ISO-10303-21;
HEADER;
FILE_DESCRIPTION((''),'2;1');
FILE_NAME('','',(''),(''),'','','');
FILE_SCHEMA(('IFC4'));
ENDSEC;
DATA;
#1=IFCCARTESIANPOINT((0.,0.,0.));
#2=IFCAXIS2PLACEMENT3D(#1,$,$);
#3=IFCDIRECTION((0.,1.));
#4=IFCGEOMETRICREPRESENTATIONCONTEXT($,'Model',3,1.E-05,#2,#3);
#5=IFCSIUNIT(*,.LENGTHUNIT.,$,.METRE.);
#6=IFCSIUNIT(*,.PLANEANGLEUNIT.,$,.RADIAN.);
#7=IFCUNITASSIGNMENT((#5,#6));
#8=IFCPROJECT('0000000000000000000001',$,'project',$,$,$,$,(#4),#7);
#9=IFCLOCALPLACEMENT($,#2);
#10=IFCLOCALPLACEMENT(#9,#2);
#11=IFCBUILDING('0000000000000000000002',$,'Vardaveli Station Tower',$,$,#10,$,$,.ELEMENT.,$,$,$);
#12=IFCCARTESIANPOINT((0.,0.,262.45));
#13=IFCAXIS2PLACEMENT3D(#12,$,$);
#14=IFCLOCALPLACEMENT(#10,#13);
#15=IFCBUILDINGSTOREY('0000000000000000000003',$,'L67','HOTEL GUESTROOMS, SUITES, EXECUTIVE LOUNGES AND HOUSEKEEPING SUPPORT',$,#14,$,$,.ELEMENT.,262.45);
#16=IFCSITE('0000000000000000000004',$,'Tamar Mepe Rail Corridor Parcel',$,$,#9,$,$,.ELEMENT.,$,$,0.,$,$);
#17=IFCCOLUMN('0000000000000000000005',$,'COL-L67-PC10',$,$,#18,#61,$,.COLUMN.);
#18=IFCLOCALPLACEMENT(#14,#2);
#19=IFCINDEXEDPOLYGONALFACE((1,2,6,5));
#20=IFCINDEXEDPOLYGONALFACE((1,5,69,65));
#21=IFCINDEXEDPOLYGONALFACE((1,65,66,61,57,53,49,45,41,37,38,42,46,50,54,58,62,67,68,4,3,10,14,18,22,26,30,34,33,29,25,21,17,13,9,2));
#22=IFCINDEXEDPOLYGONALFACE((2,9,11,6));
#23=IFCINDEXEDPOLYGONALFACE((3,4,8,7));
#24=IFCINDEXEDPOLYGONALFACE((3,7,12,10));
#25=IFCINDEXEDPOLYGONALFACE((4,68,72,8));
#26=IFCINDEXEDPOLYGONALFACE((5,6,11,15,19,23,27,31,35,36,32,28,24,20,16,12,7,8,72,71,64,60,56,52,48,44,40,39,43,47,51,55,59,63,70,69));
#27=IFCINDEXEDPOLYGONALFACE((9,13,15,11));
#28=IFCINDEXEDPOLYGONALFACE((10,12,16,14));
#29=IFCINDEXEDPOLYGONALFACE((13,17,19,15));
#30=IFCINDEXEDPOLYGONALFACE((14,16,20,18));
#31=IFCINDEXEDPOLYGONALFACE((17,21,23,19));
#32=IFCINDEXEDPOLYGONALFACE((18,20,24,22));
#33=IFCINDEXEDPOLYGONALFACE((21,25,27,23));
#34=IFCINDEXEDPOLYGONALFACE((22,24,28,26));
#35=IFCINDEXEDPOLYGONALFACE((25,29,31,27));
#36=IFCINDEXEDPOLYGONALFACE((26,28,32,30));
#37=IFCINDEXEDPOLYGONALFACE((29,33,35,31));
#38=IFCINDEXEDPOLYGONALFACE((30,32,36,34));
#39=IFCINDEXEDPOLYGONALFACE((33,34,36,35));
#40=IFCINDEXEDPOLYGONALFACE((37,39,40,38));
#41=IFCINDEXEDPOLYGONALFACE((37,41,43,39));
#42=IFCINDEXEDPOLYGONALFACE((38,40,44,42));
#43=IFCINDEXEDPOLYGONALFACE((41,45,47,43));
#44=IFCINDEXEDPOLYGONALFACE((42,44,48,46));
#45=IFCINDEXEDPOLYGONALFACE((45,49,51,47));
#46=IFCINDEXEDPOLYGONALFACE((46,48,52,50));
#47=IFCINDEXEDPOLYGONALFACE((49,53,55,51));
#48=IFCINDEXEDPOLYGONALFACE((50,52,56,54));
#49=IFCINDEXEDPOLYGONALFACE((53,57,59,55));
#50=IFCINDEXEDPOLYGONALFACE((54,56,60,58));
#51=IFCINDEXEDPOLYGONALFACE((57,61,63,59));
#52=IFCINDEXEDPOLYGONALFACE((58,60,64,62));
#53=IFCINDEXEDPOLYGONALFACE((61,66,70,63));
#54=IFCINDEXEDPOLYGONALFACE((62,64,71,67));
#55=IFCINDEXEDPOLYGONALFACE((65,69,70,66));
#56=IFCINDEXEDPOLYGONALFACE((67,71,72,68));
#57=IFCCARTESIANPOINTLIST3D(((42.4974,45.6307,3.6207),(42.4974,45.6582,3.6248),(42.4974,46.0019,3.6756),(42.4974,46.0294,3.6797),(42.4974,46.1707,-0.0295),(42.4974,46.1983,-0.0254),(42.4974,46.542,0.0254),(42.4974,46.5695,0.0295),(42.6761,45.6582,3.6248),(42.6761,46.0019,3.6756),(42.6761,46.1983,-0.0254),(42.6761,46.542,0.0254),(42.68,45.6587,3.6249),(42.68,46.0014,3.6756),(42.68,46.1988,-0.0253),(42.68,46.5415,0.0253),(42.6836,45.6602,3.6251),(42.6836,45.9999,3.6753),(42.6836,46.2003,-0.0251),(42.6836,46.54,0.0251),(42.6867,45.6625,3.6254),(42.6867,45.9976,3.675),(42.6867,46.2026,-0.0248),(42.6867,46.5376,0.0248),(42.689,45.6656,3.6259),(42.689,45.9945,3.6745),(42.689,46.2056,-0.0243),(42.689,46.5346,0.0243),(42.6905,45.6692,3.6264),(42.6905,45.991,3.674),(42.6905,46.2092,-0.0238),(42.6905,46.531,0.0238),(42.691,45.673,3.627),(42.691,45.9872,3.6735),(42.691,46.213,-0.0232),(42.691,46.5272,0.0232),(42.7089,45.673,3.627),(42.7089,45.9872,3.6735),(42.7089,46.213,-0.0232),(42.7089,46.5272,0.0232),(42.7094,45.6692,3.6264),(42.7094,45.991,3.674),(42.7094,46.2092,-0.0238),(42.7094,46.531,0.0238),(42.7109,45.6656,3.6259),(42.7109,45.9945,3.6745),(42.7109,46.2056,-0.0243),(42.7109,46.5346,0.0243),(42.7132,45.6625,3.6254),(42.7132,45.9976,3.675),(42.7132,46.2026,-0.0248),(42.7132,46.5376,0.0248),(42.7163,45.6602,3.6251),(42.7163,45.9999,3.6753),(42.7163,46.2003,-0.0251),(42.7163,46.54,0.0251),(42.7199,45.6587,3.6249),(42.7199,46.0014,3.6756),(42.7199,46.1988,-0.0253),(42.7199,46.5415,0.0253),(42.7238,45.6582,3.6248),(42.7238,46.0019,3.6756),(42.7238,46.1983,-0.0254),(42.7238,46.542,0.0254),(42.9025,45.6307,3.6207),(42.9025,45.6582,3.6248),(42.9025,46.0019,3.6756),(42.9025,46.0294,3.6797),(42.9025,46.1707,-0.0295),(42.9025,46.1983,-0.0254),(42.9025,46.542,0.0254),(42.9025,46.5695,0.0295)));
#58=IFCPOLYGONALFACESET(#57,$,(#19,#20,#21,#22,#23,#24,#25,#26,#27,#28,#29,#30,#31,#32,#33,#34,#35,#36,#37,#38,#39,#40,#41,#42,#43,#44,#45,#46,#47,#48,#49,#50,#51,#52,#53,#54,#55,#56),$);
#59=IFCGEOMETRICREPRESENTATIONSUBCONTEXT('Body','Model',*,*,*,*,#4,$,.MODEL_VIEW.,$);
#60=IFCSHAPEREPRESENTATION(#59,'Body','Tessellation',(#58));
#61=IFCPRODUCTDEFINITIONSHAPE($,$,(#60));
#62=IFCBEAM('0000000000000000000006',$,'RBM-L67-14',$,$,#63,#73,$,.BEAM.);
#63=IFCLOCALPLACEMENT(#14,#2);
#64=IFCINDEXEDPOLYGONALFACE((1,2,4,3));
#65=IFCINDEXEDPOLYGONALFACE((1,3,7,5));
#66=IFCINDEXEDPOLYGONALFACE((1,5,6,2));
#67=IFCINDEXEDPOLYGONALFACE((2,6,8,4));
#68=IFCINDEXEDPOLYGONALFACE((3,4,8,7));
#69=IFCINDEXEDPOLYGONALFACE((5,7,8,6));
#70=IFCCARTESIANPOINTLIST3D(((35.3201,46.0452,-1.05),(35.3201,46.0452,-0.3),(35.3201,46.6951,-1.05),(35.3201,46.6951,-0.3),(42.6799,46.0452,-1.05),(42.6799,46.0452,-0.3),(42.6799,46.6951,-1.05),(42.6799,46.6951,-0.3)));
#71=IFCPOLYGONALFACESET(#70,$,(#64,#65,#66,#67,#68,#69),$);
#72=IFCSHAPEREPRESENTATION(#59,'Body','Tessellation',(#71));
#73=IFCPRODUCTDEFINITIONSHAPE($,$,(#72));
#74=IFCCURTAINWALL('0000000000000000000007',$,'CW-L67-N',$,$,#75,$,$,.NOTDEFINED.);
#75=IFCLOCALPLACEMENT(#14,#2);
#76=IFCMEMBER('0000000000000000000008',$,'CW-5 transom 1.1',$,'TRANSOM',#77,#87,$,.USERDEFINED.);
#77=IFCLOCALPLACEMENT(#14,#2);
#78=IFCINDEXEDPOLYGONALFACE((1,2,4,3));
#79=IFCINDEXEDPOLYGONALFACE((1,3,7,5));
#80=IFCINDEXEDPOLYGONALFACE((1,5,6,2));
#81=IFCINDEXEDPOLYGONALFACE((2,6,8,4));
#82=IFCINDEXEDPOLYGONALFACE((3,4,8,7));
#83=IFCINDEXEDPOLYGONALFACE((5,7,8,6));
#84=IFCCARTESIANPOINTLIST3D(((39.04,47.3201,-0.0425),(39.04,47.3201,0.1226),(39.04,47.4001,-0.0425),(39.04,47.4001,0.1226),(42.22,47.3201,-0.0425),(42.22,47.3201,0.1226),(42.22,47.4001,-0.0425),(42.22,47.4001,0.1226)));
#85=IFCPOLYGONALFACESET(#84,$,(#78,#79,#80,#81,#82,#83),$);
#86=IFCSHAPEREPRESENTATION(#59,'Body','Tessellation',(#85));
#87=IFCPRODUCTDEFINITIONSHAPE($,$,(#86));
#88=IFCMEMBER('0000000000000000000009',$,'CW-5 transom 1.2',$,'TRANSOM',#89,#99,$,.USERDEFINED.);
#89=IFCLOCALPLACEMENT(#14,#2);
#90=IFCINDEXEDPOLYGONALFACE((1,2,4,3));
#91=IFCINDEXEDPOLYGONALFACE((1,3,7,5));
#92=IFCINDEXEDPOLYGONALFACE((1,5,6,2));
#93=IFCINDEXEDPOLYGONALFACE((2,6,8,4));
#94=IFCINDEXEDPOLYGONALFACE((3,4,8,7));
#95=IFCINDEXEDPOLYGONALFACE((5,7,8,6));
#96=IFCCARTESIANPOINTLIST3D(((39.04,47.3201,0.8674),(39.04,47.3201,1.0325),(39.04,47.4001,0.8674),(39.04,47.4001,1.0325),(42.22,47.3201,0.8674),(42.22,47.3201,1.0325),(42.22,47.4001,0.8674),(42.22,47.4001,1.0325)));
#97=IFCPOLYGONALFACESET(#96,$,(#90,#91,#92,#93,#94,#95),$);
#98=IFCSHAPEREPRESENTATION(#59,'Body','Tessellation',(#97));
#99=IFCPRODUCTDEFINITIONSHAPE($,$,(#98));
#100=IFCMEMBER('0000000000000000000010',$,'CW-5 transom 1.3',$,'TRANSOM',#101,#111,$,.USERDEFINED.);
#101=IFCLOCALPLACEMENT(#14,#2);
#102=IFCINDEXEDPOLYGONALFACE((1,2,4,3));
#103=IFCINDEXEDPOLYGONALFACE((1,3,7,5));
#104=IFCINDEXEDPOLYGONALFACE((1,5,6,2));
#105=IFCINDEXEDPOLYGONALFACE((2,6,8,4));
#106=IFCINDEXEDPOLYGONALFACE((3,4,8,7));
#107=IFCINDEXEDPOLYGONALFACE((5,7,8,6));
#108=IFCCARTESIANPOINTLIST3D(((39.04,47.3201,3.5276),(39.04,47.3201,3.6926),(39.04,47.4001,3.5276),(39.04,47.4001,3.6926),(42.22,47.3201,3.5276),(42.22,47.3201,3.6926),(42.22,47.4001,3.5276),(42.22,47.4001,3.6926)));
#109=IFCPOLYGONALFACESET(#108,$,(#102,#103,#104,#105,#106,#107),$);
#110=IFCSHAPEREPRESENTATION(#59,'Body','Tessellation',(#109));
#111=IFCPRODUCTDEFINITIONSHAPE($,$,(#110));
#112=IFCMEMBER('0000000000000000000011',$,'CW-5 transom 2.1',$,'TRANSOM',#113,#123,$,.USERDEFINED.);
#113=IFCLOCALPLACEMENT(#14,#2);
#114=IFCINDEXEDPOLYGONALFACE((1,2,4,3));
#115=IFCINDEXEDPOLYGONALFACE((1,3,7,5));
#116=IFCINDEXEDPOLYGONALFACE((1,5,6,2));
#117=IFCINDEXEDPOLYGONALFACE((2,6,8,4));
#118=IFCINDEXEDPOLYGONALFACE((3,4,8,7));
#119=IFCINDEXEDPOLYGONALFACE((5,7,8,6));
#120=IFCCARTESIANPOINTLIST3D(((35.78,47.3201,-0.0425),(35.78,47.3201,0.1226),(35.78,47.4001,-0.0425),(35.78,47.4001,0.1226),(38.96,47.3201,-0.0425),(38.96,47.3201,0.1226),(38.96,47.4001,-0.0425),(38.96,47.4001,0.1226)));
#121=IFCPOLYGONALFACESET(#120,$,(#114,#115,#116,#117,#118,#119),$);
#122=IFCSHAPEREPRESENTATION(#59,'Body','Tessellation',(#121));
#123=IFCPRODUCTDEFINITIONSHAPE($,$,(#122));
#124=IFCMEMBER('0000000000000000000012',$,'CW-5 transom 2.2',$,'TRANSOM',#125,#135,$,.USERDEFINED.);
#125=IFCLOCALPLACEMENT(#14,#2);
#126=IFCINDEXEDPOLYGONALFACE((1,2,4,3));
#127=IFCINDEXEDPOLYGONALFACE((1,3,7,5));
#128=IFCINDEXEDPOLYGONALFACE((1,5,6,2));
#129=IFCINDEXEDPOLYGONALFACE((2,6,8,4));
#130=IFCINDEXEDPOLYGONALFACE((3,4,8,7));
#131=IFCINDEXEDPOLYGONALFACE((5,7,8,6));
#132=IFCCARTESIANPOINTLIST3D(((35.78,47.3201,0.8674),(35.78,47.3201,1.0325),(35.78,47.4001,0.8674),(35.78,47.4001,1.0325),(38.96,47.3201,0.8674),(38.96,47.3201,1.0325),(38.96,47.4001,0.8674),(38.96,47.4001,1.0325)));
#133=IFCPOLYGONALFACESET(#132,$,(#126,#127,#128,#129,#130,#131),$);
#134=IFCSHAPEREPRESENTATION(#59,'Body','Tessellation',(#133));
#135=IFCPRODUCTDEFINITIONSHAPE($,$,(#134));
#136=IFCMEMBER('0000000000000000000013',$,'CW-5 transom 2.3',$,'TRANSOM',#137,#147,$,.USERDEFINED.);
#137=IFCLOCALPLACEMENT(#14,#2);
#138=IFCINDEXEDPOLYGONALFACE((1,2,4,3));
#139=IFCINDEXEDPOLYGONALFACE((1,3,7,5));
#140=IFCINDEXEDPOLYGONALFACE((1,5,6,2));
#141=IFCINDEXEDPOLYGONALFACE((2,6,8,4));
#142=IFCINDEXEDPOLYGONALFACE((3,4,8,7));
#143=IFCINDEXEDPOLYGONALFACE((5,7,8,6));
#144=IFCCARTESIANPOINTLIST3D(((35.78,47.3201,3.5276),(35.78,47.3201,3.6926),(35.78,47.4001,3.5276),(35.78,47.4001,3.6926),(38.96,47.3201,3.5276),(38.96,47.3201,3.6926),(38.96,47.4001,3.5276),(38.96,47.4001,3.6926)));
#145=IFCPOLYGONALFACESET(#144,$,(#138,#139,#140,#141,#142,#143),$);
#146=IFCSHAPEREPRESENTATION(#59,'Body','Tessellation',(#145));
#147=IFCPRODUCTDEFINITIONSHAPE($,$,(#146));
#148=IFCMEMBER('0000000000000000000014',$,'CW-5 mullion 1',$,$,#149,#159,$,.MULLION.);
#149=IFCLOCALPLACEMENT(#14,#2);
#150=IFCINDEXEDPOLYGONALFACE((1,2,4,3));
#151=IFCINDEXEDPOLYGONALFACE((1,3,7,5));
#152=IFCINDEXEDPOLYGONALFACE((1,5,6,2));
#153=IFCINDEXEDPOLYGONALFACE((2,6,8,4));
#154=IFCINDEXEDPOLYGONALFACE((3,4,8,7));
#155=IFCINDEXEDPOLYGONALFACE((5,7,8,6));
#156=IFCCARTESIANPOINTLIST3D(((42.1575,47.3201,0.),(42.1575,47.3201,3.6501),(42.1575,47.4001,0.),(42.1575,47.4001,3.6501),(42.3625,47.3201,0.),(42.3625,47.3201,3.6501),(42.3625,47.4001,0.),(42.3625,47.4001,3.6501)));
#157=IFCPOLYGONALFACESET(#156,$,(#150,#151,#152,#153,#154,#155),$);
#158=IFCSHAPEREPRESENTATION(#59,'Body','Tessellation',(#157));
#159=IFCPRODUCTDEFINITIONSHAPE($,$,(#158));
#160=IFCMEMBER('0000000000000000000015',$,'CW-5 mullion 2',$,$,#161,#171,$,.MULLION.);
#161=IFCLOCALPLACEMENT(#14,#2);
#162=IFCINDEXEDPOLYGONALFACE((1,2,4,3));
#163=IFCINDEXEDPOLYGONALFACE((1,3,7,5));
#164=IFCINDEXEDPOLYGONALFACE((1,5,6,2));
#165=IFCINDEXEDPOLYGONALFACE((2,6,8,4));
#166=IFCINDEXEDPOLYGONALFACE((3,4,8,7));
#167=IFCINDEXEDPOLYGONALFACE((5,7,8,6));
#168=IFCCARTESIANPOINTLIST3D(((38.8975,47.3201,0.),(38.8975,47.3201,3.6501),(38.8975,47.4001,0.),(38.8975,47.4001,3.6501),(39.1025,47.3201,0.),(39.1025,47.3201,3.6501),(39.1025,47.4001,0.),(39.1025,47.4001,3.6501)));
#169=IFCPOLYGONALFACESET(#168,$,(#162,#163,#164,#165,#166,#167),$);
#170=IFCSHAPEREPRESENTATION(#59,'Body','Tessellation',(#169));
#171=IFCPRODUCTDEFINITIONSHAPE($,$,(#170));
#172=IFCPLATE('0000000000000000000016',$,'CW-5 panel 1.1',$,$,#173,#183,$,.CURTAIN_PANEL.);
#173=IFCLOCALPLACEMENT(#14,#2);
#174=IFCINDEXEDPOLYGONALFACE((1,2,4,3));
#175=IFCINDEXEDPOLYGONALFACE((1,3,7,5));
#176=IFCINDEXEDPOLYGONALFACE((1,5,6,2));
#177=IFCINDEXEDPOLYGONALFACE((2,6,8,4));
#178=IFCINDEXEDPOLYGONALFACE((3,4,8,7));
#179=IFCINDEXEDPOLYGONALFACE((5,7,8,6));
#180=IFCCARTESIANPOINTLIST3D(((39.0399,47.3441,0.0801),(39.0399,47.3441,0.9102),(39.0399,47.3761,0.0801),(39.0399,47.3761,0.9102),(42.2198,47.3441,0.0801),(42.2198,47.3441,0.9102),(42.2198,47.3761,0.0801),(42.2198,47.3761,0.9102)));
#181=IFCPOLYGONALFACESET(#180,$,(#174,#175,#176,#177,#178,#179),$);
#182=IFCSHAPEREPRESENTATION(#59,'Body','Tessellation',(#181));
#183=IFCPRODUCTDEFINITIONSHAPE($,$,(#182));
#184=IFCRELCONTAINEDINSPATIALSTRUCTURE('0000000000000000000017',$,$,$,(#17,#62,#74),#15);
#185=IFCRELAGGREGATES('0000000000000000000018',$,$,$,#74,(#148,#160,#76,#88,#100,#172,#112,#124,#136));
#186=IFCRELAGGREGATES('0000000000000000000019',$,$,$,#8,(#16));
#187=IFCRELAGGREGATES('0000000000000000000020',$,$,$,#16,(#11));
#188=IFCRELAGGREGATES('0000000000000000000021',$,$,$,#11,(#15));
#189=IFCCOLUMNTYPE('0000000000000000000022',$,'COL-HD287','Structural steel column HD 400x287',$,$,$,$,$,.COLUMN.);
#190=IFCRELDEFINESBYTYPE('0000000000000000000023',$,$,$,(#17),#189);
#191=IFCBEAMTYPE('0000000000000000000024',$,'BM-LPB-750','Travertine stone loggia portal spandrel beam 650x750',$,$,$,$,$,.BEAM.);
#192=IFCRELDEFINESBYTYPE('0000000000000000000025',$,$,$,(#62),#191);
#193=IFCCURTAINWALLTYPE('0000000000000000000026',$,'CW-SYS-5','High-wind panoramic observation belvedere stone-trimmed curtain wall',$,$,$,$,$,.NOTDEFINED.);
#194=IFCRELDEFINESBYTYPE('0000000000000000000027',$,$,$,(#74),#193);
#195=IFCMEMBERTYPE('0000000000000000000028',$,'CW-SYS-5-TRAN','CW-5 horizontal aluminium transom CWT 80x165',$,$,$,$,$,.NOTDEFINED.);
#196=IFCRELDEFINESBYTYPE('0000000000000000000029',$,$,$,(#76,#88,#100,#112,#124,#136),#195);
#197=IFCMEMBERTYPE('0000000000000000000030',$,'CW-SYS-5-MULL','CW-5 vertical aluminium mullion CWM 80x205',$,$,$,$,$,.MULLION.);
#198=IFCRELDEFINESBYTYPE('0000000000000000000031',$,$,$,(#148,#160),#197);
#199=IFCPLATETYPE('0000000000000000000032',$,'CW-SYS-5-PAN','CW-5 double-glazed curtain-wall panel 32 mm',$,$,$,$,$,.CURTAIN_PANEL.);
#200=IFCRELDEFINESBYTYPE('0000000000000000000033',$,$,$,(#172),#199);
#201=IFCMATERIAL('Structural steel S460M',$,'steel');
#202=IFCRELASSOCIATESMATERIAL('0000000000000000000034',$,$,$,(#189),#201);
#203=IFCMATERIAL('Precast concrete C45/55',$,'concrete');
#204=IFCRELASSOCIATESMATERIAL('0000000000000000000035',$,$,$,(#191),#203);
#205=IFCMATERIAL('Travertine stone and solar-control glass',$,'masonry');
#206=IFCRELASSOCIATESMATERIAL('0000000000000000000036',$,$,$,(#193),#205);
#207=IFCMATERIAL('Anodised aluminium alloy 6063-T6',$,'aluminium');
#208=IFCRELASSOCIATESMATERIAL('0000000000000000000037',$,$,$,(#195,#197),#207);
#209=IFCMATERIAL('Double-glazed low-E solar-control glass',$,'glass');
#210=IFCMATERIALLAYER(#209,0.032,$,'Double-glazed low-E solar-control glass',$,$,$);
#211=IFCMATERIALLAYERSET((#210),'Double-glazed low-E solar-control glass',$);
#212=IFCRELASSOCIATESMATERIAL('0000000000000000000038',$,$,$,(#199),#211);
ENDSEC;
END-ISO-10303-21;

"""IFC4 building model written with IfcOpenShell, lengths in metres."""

from ifc_helpers import new_model, si_unit, direction, frame, origin, origin_2d, place, context, subcontext, project, spatial, rectangle, i_section, extrude, source, transform, mapped, material, layer, layer_set, material_profile, profile_set, type_object, element, aggregate, save


model = new_model("IFC4")

# Units and contexts
model_context = context("Model", 3, precision=1e-05, world=origin(), true_north=direction((0.0, 1.0)))
body_context = subcontext(model_context, "Body", "Model", "MODEL_VIEW")
ifc_project = project(units=[si_unit("LENGTHUNIT", "METRE"), si_unit("PLANEANGLEUNIT", "RADIAN")], contexts=[model_context])

# Site, building, storey
site_placement = place(None, origin())
site = spatial("IfcSite", under=ifc_project, at=site_placement, Name="Tamar Mepe Rail Corridor Parcel", CompositionType="ELEMENT", RefElevation=0.0)
building_placement = place(site_placement, origin())
building = spatial("IfcBuilding", under=site, at=building_placement, Name="Vardaveli Station Tower", CompositionType="ELEMENT")
storey_placement = place(building_placement, frame((0.0, 0.0, 262.45)))
storey = spatial("IfcBuildingStorey", under=building, at=storey_placement, Name="L67", Description="HOTEL GUESTROOMS, SUITES, EXECUTIVE LOUNGES AND HOUSEKEEPING SUPPORT", CompositionType="ELEMENT", Elevation=262.45)

# Column
ifc_material_1 = material(Name="Structural steel S460M", Category="steel")
ifc_material_profile_1 = material_profile(ifc_material_1, i_section(OverallWidth=0.405, OverallDepth=0.4031, WebThickness=0.0178, FlangeThickness=0.0278, FilletRadius=0.0149, at=origin_2d()), Name="HD 400x287")
ifc_profile_set_1 = profile_set([ifc_material_profile_1], Name="Structural steel S460M")
column_type = type_object("IfcColumnType", Name="COL-HD287", Description="Structural steel column HD 400x287", PredefinedType="COLUMN", material=ifc_profile_set_1)
shared_shape_1 = source(origin(), body_context, "Body", "SweptSolid", [
    extrude(i_section(OverallWidth=0.405, OverallDepth=0.4031, WebThickness=0.0178, FlangeThickness=0.0278, FilletRadius=0.0149, at=origin_2d()), origin(), (0.0, 0.0, 1.0), 3.6899),
])
column_placement = place(storey_placement, frame((42.7, 46.3701, 0.0), z_axis=(0.0, -0.146357, 0.989232), x_axis=(1.0, 0.0, 0.0)))
element("IfcColumn", 1, at=column_placement, inside=storey, type_object=column_type, Name="COL-L67-PC10", PredefinedType="COLUMN", context=body_context, shape_type="MappedRepresentation", body=[
    mapped(shared_shape_1, transform((0.0, 0.0, 0.0), scale=1.0)),
])

# Beam
ifc_material_2 = material(Name="Precast concrete C45/55", Category="concrete")
ifc_material_profile_2 = material_profile(ifc_material_2, rectangle(XDim=0.6499, YDim=0.75, at=origin_2d()), Name="LPB 650x750")
ifc_profile_set_2 = profile_set([ifc_material_profile_2], Name="Precast concrete C45/55")
beam_type = type_object("IfcBeamType", Name="BM-LPB-750", Description="Travertine stone loggia portal spandrel beam 650x750", PredefinedType="BEAM", material=ifc_profile_set_2)
shared_shape_2 = source(origin(), body_context, "Body", "SweptSolid", [
    extrude(rectangle(XDim=0.6499, YDim=0.75, at=origin_2d()), origin(), (0.0, 0.0, 1.0), 7.3599),
])
beam_placement = place(storey_placement, frame((42.6799, 46.3701, -0.675), z_axis=(-1.0, 0.0, 0.0), x_axis=(0.0, -1.0, 0.0)))
element("IfcBeam", 2, at=beam_placement, inside=storey, type_object=beam_type, Name="RBM-L67-14", PredefinedType="BEAM", context=body_context, shape_type="MappedRepresentation", body=[
    mapped(shared_shape_2, transform((0.0, 0.0, 0.0), scale=1.0)),
])

# Curtain wall, members, plate
ifc_material_3 = material(Name="Travertine stone and solar-control glass", Category="masonry")
curtain_wall_type = type_object("IfcCurtainWallType", Name="CW-SYS-5", Description="High-wind panoramic observation belvedere stone-trimmed curtain wall", PredefinedType="NOTDEFINED", material=ifc_material_3)
curtain_wall_placement = place(storey_placement, origin())
curtain_wall = element("IfcCurtainWall", 3, at=curtain_wall_placement, inside=storey, type_object=curtain_wall_type, Name="CW-L67-N", PredefinedType="NOTDEFINED")
ifc_material_4 = material(Name="Anodised aluminium alloy 6063-T6", Category="aluminium")
ifc_material_profile_3 = material_profile(ifc_material_4, rectangle(XDim=0.0801, YDim=0.165, at=origin_2d()), Name="CWT 80x165")
ifc_profile_set_3 = profile_set([ifc_material_profile_3], Name="Anodised aluminium alloy 6063-T6")
member_type_1 = type_object("IfcMemberType", Name="CW-SYS-5-TRAN", Description="CW-5 horizontal aluminium transom CWT 80x165", PredefinedType="NOTDEFINED", material=ifc_profile_set_3)
shared_shape_3 = source(origin(), body_context, "Body", "SweptSolid", [
    extrude(rectangle(XDim=0.0801, YDim=0.165, at=origin_2d()), origin(), (0.0, 0.0, 1.0), 3.1799),
])
member_1_placement = place(storey_placement, frame((42.22, 47.3601, 0.04), z_axis=(-1.0, 0.0, 0.0), x_axis=(0.0, -1.0, 0.0)))
member_1 = element("IfcMember", 4, at=member_1_placement, type_object=member_type_1, Name="CW-5 transom 1.1", ObjectType="TRANSOM", PredefinedType="USERDEFINED", context=body_context, shape_type="MappedRepresentation", body=[
    mapped(shared_shape_3, transform((0.0, 0.0, 0.0), scale=1.0)),
])
member_2_placement = place(storey_placement, frame((42.22, 47.3601, 0.95), z_axis=(-1.0, 0.0, 0.0), x_axis=(0.0, -1.0, 0.0)))
member_2 = element("IfcMember", 5, at=member_2_placement, type_object=member_type_1, Name="CW-5 transom 1.2", ObjectType="TRANSOM", PredefinedType="USERDEFINED", context=body_context, shape_type="MappedRepresentation", body=[
    mapped(shared_shape_3, transform((0.0, 0.0, 0.0), scale=1.0)),
])
member_3_placement = place(storey_placement, frame((42.22, 47.3601, 3.6101), z_axis=(-1.0, 0.0, 0.0), x_axis=(0.0, -1.0, 0.0)))
member_3 = element("IfcMember", 6, at=member_3_placement, type_object=member_type_1, Name="CW-5 transom 1.3", ObjectType="TRANSOM", PredefinedType="USERDEFINED", context=body_context, shape_type="MappedRepresentation", body=[
    mapped(shared_shape_3, transform((0.0, 0.0, 0.0), scale=1.0)),
])
member_4_placement = place(storey_placement, frame((38.96, 47.3601, 0.04), z_axis=(-1.0, 0.0, 0.0), x_axis=(0.0, -1.0, 0.0)))
member_4 = element("IfcMember", 7, at=member_4_placement, type_object=member_type_1, Name="CW-5 transom 2.1", ObjectType="TRANSOM", PredefinedType="USERDEFINED", context=body_context, shape_type="MappedRepresentation", body=[
    mapped(shared_shape_3, transform((0.0, 0.0, 0.0), scale=1.0)),
])
member_5_placement = place(storey_placement, frame((38.96, 47.3601, 0.95), z_axis=(-1.0, 0.0, 0.0), x_axis=(0.0, -1.0, 0.0)))
member_5 = element("IfcMember", 8, at=member_5_placement, type_object=member_type_1, Name="CW-5 transom 2.2", ObjectType="TRANSOM", PredefinedType="USERDEFINED", context=body_context, shape_type="MappedRepresentation", body=[
    mapped(shared_shape_3, transform((0.0, 0.0, 0.0), scale=1.0)),
])
member_6_placement = place(storey_placement, frame((38.96, 47.3601, 3.6101), z_axis=(-1.0, 0.0, 0.0), x_axis=(0.0, -1.0, 0.0)))
member_6 = element("IfcMember", 9, at=member_6_placement, type_object=member_type_1, Name="CW-5 transom 2.3", ObjectType="TRANSOM", PredefinedType="USERDEFINED", context=body_context, shape_type="MappedRepresentation", body=[
    mapped(shared_shape_3, transform((0.0, 0.0, 0.0), scale=1.0)),
])
ifc_material_profile_4 = material_profile(ifc_material_4, rectangle(XDim=0.0801, YDim=0.2051, at=origin_2d()), Name="CWM 80x205")
ifc_profile_set_4 = profile_set([ifc_material_profile_4], Name="Anodised aluminium alloy 6063-T6")
member_type_2 = type_object("IfcMemberType", Name="CW-SYS-5-MULL", Description="CW-5 vertical aluminium mullion CWM 80x205", PredefinedType="MULLION", material=ifc_profile_set_4)
shared_shape_4 = source(origin(), body_context, "Body", "SweptSolid", [
    extrude(rectangle(XDim=0.0801, YDim=0.2051, at=origin_2d()), origin(), (0.0, 0.0, 1.0), 3.6501),
])
member_7_placement = place(storey_placement, frame((42.26, 47.3601, 0.0), z_axis=(0.0, 0.0, 1.0), x_axis=(0.0, -1.0, 0.0)))
member_7 = element("IfcMember", 10, at=member_7_placement, type_object=member_type_2, Name="CW-5 mullion 1", PredefinedType="MULLION", context=body_context, shape_type="MappedRepresentation", body=[
    mapped(shared_shape_4, transform((0.0, 0.0, 0.0), scale=1.0)),
])
member_8_placement = place(storey_placement, frame((39.0, 47.3601, 0.0), z_axis=(0.0, 0.0, 1.0), x_axis=(0.0, -1.0, 0.0)))
member_8 = element("IfcMember", 11, at=member_8_placement, type_object=member_type_2, Name="CW-5 mullion 2", PredefinedType="MULLION", context=body_context, shape_type="MappedRepresentation", body=[
    mapped(shared_shape_4, transform((0.0, 0.0, 0.0), scale=1.0)),
])
ifc_material_5 = material(Name="Double-glazed low-E solar-control glass", Category="glass")
ifc_layer_1 = layer(ifc_material_5, 0.032, Name="Double-glazed low-E solar-control glass")
ifc_layer_set_1 = layer_set([ifc_layer_1], Name="Double-glazed low-E solar-control glass")
plate_type = type_object("IfcPlateType", Name="CW-SYS-5-PAN", Description="CW-5 double-glazed curtain-wall panel 32 mm", PredefinedType="CURTAIN_PANEL", material=ifc_layer_set_1)
shared_shape_5 = source(origin(), body_context, "Body", "SweptSolid", [
    extrude(rectangle(XDim=3.1799, YDim=0.032, at=origin_2d()), origin(), (0.0, 0.0, 1.0), 0.8301),
])
plate_1_placement = place(storey_placement, frame((40.6299, 47.3601, 0.0801), z_axis=(0.0, 0.0, 1.0), x_axis=(-1.0, 0.0, 0.0)))
plate_1 = element("IfcPlate", 12, at=plate_1_placement, type_object=plate_type, Name="CW-5 panel 1.1", PredefinedType="CURTAIN_PANEL", context=body_context, shape_type="MappedRepresentation", body=[
    mapped(shared_shape_5, transform((0.0, 0.0, 0.0), scale=1.0)),
])
aggregate(curtain_wall, [member_7, member_8, member_1, member_2, member_3, plate_1, member_4, member_5, member_6])

save(model, "model.ifc")
